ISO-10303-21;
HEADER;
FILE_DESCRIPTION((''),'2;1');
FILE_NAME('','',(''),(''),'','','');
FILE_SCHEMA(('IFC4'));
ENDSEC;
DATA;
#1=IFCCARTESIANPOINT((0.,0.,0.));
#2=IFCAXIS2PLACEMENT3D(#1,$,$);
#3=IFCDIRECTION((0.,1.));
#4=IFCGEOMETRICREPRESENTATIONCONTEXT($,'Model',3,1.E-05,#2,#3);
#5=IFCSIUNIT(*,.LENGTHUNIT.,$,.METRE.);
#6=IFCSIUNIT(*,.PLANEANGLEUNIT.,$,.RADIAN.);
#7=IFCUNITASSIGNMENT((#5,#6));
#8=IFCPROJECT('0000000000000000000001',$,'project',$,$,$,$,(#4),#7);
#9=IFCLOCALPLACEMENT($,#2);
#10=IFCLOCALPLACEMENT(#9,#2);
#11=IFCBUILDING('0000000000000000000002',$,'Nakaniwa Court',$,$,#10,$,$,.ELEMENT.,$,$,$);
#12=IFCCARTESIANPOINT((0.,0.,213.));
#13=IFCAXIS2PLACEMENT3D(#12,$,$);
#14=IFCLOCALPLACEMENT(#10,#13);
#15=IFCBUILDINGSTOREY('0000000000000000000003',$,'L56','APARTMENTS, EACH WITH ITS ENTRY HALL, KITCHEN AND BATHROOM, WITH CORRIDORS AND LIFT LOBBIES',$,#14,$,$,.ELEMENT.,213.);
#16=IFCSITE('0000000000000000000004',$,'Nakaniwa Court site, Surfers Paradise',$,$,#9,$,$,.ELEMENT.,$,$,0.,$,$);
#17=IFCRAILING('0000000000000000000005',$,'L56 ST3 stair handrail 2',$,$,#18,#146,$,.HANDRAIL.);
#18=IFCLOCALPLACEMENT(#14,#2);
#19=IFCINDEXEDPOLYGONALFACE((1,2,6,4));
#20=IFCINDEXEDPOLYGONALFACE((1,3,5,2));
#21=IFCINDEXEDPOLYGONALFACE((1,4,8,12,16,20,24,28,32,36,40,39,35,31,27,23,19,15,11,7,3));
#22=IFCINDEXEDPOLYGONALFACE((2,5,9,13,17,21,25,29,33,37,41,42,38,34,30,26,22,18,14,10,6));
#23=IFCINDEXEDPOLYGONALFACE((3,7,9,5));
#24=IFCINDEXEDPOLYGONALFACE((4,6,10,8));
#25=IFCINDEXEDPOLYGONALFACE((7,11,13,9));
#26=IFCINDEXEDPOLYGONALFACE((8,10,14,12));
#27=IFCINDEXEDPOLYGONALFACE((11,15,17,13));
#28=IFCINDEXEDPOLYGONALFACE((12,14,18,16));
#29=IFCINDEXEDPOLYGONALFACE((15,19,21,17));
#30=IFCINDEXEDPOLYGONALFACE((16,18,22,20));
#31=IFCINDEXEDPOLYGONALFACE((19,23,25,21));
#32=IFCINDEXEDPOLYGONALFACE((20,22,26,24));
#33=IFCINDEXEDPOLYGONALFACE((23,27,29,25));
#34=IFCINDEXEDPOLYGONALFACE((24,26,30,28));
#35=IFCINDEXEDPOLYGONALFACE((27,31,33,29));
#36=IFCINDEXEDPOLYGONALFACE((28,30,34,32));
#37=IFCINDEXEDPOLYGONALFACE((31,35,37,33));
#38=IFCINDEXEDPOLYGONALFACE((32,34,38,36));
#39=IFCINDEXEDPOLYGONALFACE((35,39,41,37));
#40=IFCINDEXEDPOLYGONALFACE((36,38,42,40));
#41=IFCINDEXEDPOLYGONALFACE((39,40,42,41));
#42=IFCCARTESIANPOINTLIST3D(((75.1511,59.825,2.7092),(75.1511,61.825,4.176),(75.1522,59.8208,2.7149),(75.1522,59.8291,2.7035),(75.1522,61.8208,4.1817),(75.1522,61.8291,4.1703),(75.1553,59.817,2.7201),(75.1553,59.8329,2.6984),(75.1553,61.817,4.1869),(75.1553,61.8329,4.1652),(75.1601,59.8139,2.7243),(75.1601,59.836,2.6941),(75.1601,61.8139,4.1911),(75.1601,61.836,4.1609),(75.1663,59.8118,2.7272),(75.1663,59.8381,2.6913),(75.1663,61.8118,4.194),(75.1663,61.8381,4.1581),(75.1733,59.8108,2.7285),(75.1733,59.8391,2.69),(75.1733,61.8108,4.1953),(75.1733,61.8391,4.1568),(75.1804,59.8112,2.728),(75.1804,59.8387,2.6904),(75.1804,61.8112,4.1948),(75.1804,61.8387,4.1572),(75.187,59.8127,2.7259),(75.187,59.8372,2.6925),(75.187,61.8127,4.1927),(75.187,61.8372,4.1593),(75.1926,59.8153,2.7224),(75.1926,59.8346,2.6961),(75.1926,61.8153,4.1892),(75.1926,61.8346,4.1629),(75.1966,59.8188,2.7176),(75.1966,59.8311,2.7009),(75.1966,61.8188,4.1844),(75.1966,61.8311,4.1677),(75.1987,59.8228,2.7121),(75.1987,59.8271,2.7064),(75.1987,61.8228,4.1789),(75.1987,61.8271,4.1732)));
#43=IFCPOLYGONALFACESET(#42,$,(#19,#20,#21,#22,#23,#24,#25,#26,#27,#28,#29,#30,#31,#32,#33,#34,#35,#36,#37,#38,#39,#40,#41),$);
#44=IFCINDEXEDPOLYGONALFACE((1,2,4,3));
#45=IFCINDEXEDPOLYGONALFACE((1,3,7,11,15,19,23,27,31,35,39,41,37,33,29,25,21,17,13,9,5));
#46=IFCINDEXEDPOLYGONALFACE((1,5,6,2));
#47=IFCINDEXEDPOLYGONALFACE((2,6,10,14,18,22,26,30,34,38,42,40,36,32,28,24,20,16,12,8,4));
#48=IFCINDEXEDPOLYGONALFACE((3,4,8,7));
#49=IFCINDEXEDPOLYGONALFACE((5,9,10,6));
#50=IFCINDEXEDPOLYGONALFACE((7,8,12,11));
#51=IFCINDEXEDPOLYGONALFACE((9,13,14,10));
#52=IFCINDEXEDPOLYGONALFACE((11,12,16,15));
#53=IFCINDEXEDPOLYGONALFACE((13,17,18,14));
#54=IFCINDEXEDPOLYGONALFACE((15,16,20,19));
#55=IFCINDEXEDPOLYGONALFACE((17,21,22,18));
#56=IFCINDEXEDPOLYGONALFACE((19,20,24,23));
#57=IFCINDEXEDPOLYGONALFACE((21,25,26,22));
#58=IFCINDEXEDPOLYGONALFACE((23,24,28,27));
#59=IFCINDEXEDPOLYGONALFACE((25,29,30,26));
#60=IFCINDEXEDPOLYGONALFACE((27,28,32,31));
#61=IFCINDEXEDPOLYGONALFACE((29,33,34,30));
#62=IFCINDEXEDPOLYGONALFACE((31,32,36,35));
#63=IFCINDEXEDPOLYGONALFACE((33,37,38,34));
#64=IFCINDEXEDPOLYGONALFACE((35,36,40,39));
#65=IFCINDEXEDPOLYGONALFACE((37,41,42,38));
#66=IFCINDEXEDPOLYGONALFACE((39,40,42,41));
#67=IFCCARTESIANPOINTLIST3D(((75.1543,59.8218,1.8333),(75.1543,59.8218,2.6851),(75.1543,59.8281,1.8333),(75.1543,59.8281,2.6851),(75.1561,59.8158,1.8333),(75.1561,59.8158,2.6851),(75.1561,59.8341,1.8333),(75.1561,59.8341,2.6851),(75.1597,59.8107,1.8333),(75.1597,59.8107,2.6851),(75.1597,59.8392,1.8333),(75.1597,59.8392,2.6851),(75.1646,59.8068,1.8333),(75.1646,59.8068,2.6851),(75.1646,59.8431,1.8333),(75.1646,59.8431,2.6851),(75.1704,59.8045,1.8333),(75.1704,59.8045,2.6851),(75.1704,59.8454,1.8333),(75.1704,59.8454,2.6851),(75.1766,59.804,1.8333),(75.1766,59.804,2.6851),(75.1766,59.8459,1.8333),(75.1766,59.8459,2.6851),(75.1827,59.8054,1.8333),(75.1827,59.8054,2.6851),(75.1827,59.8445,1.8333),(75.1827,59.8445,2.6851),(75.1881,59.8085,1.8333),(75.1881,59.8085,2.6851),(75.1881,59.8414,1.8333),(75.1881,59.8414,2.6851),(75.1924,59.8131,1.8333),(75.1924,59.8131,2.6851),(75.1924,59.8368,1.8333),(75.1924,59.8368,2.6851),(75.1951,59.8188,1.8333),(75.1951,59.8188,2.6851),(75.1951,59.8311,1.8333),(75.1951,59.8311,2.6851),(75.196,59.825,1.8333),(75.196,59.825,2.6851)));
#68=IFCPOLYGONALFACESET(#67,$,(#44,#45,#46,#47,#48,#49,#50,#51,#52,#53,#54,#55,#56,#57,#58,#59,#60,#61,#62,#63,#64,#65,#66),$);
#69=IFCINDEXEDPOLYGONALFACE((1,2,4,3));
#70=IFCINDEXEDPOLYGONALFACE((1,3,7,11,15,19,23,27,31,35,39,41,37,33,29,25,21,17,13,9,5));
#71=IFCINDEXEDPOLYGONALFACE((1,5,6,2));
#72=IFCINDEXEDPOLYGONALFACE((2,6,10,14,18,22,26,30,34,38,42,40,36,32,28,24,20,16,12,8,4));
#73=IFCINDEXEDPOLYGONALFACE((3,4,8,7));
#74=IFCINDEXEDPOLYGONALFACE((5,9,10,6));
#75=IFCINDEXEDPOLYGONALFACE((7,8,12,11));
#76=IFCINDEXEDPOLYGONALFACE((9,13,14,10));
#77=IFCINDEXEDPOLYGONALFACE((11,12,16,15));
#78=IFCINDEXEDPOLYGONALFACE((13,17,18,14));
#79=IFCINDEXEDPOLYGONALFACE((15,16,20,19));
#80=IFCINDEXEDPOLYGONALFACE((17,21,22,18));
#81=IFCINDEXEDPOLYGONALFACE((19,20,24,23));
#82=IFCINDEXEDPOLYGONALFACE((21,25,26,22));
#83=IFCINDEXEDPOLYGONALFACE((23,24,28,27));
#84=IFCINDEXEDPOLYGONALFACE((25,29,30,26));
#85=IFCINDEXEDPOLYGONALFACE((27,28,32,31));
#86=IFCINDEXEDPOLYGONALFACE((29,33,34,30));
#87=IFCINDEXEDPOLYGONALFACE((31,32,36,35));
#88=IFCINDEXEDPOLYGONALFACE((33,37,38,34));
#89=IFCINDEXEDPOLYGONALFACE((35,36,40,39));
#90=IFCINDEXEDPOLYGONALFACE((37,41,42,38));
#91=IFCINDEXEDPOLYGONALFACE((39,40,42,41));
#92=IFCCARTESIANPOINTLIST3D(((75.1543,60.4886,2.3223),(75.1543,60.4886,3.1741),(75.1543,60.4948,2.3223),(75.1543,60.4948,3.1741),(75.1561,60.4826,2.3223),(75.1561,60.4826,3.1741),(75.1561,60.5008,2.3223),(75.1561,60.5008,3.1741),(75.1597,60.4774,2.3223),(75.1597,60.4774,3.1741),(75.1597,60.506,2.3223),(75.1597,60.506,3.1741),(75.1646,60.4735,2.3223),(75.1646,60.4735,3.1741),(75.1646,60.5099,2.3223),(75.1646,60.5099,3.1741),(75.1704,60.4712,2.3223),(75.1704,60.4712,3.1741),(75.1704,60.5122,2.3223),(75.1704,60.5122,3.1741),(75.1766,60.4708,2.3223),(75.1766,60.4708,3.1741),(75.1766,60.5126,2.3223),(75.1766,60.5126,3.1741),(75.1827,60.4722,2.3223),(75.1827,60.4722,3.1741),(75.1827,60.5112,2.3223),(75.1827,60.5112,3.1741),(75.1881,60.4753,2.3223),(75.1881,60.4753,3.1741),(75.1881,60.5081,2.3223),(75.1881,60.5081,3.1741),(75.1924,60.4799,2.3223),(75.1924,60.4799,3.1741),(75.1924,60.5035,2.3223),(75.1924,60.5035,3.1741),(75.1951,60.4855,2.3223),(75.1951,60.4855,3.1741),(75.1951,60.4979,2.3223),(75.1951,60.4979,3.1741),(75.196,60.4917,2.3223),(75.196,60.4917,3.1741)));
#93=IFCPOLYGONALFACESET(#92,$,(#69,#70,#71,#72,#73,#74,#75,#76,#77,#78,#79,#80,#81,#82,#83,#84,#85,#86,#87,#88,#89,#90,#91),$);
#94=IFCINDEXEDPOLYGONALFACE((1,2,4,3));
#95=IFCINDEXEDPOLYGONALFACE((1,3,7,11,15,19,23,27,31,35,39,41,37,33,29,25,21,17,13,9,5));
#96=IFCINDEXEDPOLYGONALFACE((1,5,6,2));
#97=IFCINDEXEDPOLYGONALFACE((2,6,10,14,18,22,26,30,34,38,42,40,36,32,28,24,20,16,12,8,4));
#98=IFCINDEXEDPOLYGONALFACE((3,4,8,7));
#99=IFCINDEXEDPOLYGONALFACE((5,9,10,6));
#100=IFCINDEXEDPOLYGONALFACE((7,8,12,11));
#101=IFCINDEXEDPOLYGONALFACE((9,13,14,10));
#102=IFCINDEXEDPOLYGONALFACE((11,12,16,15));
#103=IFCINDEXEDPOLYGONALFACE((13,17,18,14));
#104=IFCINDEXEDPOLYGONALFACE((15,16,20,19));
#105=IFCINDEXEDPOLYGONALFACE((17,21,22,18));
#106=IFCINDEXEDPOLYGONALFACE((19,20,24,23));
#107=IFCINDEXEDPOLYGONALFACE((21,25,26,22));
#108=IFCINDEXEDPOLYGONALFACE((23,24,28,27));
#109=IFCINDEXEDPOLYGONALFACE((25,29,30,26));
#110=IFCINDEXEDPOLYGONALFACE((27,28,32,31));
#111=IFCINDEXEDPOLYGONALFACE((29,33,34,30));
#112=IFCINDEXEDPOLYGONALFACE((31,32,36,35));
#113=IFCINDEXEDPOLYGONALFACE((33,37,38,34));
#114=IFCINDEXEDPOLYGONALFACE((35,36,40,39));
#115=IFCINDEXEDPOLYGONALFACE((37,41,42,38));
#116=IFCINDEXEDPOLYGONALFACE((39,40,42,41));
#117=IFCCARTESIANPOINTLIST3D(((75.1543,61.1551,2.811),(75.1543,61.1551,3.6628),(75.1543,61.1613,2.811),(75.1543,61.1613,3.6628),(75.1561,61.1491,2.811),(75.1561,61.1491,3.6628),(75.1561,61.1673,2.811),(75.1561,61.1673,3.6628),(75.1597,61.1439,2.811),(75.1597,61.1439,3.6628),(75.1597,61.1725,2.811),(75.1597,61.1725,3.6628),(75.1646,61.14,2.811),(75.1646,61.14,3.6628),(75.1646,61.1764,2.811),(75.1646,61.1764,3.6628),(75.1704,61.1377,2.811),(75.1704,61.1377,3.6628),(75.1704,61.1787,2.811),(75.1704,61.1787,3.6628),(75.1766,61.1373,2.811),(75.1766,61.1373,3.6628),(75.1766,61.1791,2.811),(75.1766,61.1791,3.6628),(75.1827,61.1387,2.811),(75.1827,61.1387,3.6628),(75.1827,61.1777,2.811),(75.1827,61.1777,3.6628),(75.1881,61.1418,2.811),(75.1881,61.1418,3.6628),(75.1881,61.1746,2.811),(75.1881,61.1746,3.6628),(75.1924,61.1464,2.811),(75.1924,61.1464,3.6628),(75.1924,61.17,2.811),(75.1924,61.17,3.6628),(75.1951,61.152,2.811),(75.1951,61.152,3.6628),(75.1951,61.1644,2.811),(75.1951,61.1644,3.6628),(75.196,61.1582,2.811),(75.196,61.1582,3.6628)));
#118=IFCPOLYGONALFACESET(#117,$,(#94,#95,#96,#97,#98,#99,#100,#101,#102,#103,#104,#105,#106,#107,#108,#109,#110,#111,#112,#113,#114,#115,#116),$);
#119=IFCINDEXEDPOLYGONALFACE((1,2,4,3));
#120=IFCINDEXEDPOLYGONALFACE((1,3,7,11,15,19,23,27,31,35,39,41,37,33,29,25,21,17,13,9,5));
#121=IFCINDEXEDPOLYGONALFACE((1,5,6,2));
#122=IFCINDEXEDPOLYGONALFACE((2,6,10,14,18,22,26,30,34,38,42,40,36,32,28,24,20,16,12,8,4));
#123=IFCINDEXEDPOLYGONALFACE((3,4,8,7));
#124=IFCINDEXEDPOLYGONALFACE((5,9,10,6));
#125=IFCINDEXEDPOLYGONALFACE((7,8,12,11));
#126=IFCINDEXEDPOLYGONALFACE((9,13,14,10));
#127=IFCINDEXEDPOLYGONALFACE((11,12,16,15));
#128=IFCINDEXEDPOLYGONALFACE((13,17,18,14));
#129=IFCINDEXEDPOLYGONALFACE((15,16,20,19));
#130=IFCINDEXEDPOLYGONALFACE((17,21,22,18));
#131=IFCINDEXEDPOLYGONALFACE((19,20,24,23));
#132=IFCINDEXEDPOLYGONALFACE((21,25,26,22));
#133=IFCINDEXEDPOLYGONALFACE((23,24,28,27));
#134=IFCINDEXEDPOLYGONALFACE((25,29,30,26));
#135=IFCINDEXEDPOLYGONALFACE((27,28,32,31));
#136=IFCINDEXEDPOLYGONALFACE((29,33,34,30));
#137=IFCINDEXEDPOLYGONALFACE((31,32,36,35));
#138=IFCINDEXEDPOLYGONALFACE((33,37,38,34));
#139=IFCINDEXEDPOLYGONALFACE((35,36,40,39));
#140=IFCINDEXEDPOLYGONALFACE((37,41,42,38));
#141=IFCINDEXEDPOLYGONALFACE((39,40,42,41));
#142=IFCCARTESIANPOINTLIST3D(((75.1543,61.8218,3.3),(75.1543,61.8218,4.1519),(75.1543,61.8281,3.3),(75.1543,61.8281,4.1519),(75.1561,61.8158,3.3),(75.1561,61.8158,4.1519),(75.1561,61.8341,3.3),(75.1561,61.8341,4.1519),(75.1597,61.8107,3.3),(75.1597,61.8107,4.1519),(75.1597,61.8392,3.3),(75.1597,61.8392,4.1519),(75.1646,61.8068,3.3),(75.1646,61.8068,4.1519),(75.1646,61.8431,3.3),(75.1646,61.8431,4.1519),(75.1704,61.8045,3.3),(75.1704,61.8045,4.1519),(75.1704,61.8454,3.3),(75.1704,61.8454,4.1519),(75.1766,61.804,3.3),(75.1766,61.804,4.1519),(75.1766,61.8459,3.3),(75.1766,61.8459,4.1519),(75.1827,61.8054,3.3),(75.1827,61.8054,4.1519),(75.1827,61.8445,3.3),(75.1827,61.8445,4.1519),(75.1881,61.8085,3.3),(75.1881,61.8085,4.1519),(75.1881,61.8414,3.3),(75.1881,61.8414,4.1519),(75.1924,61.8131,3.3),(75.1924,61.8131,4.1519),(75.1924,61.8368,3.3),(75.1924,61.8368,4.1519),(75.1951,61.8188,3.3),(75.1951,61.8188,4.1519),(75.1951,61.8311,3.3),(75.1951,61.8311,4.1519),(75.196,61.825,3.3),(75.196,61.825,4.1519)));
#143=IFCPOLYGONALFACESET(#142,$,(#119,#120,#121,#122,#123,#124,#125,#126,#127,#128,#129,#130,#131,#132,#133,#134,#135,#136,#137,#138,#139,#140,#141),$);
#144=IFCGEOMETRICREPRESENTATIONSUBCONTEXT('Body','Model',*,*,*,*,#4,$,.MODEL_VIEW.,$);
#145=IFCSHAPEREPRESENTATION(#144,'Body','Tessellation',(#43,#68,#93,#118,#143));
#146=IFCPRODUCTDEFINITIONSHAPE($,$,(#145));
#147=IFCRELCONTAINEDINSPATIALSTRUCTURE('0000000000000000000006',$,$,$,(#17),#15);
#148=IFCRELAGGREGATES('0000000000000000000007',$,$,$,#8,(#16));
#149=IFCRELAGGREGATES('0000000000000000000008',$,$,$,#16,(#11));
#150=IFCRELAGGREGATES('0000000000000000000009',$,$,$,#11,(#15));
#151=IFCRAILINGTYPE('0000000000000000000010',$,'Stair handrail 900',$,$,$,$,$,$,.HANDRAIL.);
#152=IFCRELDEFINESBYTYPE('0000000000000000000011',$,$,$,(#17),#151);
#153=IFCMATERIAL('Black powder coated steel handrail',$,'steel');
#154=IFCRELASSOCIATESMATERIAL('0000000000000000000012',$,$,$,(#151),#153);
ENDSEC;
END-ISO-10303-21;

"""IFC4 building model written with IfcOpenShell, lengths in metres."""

from ifc_helpers import new_model, si_unit, direction, frame, origin, origin_2d, place, context, subcontext, project, spatial, circle, extrude, material, type_object, element, save


model = new_model("IFC4")

# Units and contexts
model_context = context("Model", 3, precision=1e-05, world=origin(), true_north=direction((0.0, 1.0)))
body_context = subcontext(model_context, "Body", "Model", "MODEL_VIEW")
ifc_project = project(units=[si_unit("LENGTHUNIT", "METRE"), si_unit("PLANEANGLEUNIT", "RADIAN")], contexts=[model_context])

# Site, building, storey
site_placement = place(None, origin())
site = spatial("IfcSite", under=ifc_project, at=site_placement, Name="Nakaniwa Court site, Surfers Paradise", CompositionType="ELEMENT", RefElevation=0.0)
building_placement = place(site_placement, origin())
building = spatial("IfcBuilding", under=site, at=building_placement, Name="Nakaniwa Court", CompositionType="ELEMENT")
storey_placement = place(building_placement, frame((0.0, 0.0, 213.0)))
storey = spatial("IfcBuildingStorey", under=building, at=storey_placement, Name="L56", Description="APARTMENTS, EACH WITH ITS ENTRY HALL, KITCHEN AND BATHROOM, WITH CORRIDORS AND LIFT LOBBIES", CompositionType="ELEMENT", Elevation=213.0)

# Railing
ifc_material_1 = material(Name="Black powder coated steel handrail", Category="steel")
railing_type_1 = type_object("IfcRailingType", Name="Stair handrail 900", PredefinedType="HANDRAIL", material=ifc_material_1)
railing_1_placement = place(storey_placement, frame((75.175, 59.825, 1.8333)))
element("IfcRailing", 1, at=railing_1_placement, inside=storey, type_object=railing_type_1, Name="L56 ST3 stair handrail 2", PredefinedType="HANDRAIL", context=body_context, shape_type="SweptSolid", body=[
    extrude(circle(Radius=0.0239, at=origin_2d()), frame((0.0, 0.0, 0.876), z_axis=(0.0, 0.80638, 0.591398), x_axis=(-1.0, 0.0, 0.0)), (0.0, 0.0, 1.0), 2.4802),
    extrude(circle(Radius=0.021, at=origin_2d()), origin(), (0.0, 0.0, 1.0), 0.8518),
    extrude(circle(Radius=0.021, at=origin_2d()), frame((0.0, 0.6667, 0.489)), (0.0, 0.0, 1.0), 0.8518),
    extrude(circle(Radius=0.021, at=origin_2d()), frame((0.0, 1.3333, 0.9778)), (0.0, 0.0, 1.0), 0.8518),
    extrude(circle(Radius=0.021, at=origin_2d()), frame((0.0, 2.0, 1.4668)), (0.0, 0.0, 1.0), 0.8518),
])

save(model, "model.ifc")
